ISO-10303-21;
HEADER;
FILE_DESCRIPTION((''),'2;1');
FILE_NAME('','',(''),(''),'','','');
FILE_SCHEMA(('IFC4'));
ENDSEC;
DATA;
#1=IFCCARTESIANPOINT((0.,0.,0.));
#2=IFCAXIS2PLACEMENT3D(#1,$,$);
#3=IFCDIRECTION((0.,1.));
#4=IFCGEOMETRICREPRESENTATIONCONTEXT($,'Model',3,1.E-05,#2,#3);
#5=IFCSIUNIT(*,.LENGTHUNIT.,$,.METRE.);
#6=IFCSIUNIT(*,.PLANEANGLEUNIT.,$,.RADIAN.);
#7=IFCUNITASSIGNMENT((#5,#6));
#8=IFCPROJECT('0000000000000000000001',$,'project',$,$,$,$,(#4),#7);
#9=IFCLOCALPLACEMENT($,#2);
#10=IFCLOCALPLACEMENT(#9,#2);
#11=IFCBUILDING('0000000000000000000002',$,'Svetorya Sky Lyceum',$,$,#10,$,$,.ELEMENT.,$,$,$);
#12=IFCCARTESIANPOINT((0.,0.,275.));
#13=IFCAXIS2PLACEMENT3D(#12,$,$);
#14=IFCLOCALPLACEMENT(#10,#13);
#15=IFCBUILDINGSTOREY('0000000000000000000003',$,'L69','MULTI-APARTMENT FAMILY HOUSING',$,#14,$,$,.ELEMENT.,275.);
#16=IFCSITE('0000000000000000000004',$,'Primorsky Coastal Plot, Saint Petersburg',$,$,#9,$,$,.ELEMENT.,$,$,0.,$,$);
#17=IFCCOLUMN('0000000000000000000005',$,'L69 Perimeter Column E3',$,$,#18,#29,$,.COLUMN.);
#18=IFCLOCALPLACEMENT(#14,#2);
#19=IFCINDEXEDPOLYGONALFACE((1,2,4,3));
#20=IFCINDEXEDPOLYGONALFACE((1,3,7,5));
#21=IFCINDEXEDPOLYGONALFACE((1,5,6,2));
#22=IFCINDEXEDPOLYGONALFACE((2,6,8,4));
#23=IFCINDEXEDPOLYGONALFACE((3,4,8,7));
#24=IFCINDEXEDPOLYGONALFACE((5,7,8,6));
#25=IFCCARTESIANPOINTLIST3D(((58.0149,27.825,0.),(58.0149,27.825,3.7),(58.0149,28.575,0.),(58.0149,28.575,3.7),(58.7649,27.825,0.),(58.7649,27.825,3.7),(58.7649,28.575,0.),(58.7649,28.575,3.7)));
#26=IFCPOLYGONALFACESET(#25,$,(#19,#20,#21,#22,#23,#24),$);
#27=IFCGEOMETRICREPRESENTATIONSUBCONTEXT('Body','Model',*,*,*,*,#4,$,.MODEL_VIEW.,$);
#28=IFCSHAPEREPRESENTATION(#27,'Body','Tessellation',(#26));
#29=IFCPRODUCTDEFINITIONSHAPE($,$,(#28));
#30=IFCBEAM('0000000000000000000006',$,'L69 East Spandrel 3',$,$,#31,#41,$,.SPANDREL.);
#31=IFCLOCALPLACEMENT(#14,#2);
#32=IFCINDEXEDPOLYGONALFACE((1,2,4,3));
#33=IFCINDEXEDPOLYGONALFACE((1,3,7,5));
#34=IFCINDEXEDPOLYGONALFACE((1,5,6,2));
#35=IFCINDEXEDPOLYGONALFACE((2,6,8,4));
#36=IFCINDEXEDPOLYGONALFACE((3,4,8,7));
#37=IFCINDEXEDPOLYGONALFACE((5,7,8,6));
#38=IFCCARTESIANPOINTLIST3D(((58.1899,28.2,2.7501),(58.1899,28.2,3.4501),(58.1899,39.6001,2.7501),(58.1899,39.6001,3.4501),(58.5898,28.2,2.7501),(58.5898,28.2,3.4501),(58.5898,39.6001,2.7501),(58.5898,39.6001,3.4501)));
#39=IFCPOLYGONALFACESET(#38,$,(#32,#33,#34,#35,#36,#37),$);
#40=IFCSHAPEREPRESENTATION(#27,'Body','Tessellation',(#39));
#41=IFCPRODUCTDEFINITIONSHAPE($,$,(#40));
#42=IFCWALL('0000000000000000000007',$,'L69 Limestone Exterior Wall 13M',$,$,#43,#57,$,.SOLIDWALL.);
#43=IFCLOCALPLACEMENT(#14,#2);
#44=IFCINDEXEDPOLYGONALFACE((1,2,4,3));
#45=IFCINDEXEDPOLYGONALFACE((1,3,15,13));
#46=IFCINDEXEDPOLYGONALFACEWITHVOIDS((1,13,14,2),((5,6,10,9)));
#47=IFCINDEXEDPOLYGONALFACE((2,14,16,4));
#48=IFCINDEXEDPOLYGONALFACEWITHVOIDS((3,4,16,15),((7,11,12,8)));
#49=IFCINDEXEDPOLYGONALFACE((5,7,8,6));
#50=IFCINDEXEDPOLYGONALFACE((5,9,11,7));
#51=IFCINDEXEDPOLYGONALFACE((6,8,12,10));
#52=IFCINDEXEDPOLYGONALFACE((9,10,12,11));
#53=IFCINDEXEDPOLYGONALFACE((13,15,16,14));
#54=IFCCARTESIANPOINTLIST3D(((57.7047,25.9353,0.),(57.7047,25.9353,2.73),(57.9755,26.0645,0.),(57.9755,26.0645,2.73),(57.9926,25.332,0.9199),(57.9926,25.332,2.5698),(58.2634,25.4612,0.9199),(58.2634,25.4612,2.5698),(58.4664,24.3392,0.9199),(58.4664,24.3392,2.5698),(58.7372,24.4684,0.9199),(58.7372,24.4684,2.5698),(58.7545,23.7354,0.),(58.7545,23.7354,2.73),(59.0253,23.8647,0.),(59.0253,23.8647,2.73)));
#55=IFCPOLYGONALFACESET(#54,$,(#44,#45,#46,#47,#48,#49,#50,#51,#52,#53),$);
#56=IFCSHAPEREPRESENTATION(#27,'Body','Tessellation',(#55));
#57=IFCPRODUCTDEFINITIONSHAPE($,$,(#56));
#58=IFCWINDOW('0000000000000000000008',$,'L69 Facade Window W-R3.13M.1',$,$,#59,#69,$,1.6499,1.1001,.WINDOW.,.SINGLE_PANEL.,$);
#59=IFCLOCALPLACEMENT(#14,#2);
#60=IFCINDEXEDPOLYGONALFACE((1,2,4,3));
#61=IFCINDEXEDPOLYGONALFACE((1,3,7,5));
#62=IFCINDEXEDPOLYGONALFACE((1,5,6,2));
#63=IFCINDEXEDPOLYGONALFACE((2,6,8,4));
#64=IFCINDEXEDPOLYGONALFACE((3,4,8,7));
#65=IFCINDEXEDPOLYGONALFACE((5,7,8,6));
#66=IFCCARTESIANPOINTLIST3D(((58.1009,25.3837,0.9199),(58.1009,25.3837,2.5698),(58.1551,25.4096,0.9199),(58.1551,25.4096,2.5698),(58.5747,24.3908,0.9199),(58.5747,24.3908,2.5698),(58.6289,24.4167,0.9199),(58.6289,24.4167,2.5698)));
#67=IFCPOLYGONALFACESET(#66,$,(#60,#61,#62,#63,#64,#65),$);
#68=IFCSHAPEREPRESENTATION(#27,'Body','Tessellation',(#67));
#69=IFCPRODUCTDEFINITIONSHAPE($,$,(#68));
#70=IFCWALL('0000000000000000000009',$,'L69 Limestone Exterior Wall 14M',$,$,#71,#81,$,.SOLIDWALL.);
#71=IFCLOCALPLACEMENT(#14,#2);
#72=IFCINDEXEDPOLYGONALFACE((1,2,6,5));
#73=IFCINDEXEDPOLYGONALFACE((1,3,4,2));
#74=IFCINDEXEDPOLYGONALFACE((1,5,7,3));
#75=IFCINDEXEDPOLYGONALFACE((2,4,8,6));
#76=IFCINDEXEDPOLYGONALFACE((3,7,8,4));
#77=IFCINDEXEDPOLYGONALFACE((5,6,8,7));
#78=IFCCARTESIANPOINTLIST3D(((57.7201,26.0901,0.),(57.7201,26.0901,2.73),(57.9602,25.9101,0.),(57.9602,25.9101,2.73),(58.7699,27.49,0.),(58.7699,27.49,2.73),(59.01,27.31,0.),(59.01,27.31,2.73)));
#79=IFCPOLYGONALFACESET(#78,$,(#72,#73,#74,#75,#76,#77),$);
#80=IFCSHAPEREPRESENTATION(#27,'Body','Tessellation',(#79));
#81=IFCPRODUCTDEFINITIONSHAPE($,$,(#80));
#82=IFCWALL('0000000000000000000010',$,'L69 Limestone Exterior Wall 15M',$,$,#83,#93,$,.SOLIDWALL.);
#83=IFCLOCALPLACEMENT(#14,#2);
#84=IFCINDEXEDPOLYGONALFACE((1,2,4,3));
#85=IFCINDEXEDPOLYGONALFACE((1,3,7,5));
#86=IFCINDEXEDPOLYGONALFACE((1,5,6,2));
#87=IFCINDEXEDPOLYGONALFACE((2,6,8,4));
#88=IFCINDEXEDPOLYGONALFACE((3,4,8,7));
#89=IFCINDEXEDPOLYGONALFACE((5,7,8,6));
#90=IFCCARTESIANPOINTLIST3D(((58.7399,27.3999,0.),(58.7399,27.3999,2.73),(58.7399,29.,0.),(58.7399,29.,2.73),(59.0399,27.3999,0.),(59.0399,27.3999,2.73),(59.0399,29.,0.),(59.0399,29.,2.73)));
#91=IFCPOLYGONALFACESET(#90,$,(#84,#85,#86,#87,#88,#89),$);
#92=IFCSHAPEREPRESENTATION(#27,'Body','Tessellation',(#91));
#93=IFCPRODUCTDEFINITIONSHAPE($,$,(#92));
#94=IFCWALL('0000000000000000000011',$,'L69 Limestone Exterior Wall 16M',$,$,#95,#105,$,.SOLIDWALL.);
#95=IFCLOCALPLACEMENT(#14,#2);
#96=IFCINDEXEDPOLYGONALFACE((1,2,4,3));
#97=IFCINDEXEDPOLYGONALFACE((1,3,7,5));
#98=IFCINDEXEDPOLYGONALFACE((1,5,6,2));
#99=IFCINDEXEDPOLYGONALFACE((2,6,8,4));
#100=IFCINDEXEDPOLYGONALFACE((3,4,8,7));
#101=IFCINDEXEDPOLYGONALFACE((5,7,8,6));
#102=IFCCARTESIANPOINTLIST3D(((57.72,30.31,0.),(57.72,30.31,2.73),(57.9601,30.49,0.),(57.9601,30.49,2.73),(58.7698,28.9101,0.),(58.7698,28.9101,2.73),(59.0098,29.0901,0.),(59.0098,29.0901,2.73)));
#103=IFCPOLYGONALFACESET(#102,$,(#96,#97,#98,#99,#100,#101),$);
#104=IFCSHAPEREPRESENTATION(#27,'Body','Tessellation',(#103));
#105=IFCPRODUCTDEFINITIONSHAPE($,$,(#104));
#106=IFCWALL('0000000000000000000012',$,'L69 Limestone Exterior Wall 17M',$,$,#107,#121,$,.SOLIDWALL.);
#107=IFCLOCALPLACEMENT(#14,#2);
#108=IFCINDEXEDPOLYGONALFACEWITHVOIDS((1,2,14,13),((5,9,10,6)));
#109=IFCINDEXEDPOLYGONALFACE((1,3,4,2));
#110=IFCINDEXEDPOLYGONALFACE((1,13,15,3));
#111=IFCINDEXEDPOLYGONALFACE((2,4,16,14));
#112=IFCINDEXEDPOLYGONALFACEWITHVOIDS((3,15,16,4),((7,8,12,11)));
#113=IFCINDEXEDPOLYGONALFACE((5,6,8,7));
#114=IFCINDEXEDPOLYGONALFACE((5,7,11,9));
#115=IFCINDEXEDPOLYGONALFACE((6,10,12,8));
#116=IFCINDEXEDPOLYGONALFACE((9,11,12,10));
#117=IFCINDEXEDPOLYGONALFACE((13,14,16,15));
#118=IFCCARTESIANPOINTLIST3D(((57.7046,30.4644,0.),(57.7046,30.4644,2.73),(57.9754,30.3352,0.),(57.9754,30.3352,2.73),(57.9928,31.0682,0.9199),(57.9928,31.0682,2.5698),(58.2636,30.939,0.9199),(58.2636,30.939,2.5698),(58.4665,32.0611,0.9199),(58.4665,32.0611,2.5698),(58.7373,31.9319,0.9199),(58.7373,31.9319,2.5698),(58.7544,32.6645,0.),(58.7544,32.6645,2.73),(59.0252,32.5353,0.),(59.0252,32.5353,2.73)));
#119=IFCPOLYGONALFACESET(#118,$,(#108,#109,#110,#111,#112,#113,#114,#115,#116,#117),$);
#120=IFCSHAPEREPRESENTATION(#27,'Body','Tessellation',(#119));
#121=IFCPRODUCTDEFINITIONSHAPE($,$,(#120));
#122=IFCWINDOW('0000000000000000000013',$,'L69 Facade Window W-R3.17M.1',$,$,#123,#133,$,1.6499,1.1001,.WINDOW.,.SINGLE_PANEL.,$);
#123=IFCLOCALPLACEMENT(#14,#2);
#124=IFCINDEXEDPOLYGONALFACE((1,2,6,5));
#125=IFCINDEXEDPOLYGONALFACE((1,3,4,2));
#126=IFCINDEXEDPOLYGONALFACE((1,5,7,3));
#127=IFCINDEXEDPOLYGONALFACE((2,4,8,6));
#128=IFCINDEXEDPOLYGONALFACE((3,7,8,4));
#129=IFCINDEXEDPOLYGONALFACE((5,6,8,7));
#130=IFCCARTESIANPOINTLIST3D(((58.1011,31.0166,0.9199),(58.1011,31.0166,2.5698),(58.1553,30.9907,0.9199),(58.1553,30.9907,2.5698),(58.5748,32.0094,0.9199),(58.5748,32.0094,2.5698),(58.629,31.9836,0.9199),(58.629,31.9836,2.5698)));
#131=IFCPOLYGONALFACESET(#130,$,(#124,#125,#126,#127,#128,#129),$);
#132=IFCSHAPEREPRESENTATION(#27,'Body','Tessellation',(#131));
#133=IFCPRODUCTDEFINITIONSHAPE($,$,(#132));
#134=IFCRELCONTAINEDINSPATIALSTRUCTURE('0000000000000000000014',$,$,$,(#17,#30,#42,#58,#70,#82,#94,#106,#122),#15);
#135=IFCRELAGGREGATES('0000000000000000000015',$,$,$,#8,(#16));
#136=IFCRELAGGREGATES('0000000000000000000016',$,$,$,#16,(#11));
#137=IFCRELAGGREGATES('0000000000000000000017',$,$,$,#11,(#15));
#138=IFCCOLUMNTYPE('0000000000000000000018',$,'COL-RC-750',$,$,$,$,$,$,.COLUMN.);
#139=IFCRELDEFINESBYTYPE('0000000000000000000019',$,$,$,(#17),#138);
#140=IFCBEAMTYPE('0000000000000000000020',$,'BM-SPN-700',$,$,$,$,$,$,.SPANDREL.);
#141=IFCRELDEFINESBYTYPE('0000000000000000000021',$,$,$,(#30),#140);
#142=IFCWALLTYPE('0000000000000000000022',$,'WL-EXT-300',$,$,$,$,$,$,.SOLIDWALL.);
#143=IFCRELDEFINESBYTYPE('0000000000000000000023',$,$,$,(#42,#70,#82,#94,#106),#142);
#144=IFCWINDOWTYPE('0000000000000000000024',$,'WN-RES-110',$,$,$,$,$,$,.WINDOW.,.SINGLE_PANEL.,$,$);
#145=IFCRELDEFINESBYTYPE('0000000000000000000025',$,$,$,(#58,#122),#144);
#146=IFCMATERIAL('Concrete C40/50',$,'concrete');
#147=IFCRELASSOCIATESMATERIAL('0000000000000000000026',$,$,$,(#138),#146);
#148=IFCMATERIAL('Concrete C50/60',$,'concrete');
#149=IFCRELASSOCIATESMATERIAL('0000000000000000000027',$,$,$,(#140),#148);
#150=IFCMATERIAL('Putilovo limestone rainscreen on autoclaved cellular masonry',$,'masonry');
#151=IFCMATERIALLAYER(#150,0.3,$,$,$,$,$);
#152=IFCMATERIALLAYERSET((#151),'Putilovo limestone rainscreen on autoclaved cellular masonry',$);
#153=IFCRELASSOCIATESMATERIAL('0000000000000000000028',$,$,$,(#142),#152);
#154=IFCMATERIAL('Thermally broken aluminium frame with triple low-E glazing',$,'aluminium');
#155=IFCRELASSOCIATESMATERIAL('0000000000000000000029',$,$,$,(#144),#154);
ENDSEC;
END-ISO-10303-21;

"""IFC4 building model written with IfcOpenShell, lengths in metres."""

from ifc_helpers import new_model, si_unit, direction, frame, frame_2d, origin, origin_2d, place, context, subcontext, project, spatial, rectangle, extrude, material, layer, layer_set, material_profile, profile_set, type_object, element, fill, save


model = new_model("IFC4")

# Units and contexts
model_context = context("Model", 3, precision=1e-05, world=origin(), true_north=direction((0.0, 1.0)))
body_context = subcontext(model_context, "Body", "Model", "MODEL_VIEW")
ifc_project = project(units=[si_unit("LENGTHUNIT", "METRE"), si_unit("PLANEANGLEUNIT", "RADIAN")], contexts=[model_context])

# Site, building, storey
site_placement = place(None, origin())
site = spatial("IfcSite", under=ifc_project, at=site_placement, Name="Primorsky Coastal Plot, Saint Petersburg", CompositionType="ELEMENT", RefElevation=0.0)
building_placement = place(site_placement, origin())
building = spatial("IfcBuilding", under=site, at=building_placement, Name="Svetorya Sky Lyceum", CompositionType="ELEMENT")
storey_placement = place(building_placement, frame((0.0, 0.0, 275.0)))
storey = spatial("IfcBuildingStorey", under=building, at=storey_placement, Name="L69", Description="MULTI-APARTMENT FAMILY HOUSING", CompositionType="ELEMENT", Elevation=275.0)

# Column
ifc_material_1 = material(Name="Concrete C40/50", Category="concrete")
ifc_material_profile_1 = material_profile(ifc_material_1, rectangle(XDim=0.75, YDim=0.75, at=origin_2d()), Name="RC COL 750x750")
ifc_profile_set_1 = profile_set([ifc_material_profile_1], Name="Concrete C40/50")
column_type = type_object("IfcColumnType", Name="COL-RC-750", PredefinedType="COLUMN", material=ifc_profile_set_1)
column_placement = place(storey_placement, frame((58.3899, 28.2, 0.0), z_axis=(0.0, 0.0, 1.0), x_axis=(1.0, 0.0, 0.0)))
element("IfcColumn", 1, at=column_placement, inside=storey, type_object=column_type, Name="L69 Perimeter Column E3", PredefinedType="COLUMN", context=body_context, shape_type="SweptSolid", body=[
    extrude(rectangle(XDim=0.75, YDim=0.75, at=origin_2d()), origin(), (0.0, 0.0, 1.0), 3.7),
])

# Beam
ifc_material_2 = material(Name="Concrete C50/60", Category="concrete")
ifc_material_profile_2 = material_profile(ifc_material_2, rectangle(XDim=0.3999, YDim=0.7, at=origin_2d()), Name="RC SPANDREL 400x700")
ifc_profile_set_2 = profile_set([ifc_material_profile_2], Name="Concrete C50/60")
beam_type = type_object("IfcBeamType", Name="BM-SPN-700", PredefinedType="SPANDREL", material=ifc_profile_set_2)
beam_placement = place(storey_placement, frame((58.3899, 28.2, 3.1001), z_axis=(0.0, 1.0, 0.0), x_axis=(-1.0, 0.0, 0.0)))
element("IfcBeam", 2, at=beam_placement, inside=storey, type_object=beam_type, Name="L69 East Spandrel 3", PredefinedType="SPANDREL", context=body_context, shape_type="SweptSolid", body=[
    extrude(rectangle(XDim=0.3999, YDim=0.7, at=origin_2d()), origin(), (0.0, 0.0, 1.0), 11.4001),
])

# Wall, opening, window
ifc_material_3 = material(Name="Putilovo limestone rainscreen on autoclaved cellular masonry", Category="masonry")
ifc_layer_1 = layer(ifc_material_3, 0.3)
ifc_layer_set_1 = layer_set([ifc_layer_1], Name="Putilovo limestone rainscreen on autoclaved cellular masonry")
wall_type_1 = type_object("IfcWallType", Name="WL-EXT-300", PredefinedType="SOLIDWALL", material=ifc_layer_set_1)
wall_1_placement = place(storey_placement, frame((58.8899, 23.8, 0.0), z_axis=(0.0, 0.0, 1.0), x_axis=(-0.430672, 0.902508, 0.0)))
wall_1 = element("IfcWall", 3, at=wall_1_placement, inside=storey, type_object=wall_type_1, Name="L69 Limestone Exterior Wall 13M", PredefinedType="SOLIDWALL", context=body_context, shape_type="SweptSolid", body=[
    extrude(rectangle(XDim=2.4375, YDim=0.3, at=frame_2d((1.2188, 0.0))), origin(), (0.0, 0.0, 1.0), 2.73),
])
opening_1_placement = place(wall_1_placement, frame((0.6689, 0.0, 0.9199)))
opening_1 = element("IfcOpeningElement", 4, at=opening_1_placement, cuts=wall_1, PredefinedType="OPENING", context=body_context, shape_type="SweptSolid", body=[
    extrude(rectangle(XDim=1.1001, YDim=1.6499, at=frame_2d((0.55, 0.825))), frame((0.0, 0.1599, 0.0), z_axis=(0.0, -1.0, 0.0), x_axis=(1.0, 0.0, 0.0)), (0.0, 0.0, 1.0), 0.3201),
])
ifc_material_4 = material(Name="Thermally broken aluminium frame with triple low-E glazing", Category="aluminium")
window_type_1 = type_object("IfcWindowType", Name="WN-RES-110", PartitioningType="SINGLE_PANEL", PredefinedType="WINDOW", material=ifc_material_4)
window_1_placement = place(opening_1_placement, origin())
window_1 = element("IfcWindow", 5, at=window_1_placement, inside=storey, type_object=window_type_1, Name="L69 Facade Window W-R3.13M.1", OverallHeight=1.6499, OverallWidth=1.1001, PartitioningType="SINGLE_PANEL", PredefinedType="WINDOW", context=body_context, shape_type="SweptSolid", body=[
    extrude(rectangle(XDim=1.1001, YDim=1.6499, at=frame_2d((0.55, 0.825))), frame((0.0, 0.03, 0.0), z_axis=(0.0, -1.0, 0.0), x_axis=(1.0, 0.0, 0.0)), (0.0, 0.0, 1.0), 0.0601),
])
fill(opening_1, window_1)

# Walls
wall_2_placement = place(storey_placement, frame((57.8401, 26.0, 0.0), z_axis=(0.0, 0.0, 1.0), x_axis=(0.599955, 0.800033, 0.0)))
element("IfcWall", 6, at=wall_2_placement, inside=storey, type_object=wall_type_1, Name="L69 Limestone Exterior Wall 14M", PredefinedType="SOLIDWALL", context=body_context, shape_type="SweptSolid", body=[
    extrude(rectangle(XDim=1.7498, YDim=0.3, at=frame_2d((0.875, 0.0))), origin(), (0.0, 0.0, 1.0), 2.73),
])
wall_3_placement = place(storey_placement, frame((58.8899, 27.3999, 0.0), z_axis=(0.0, 0.0, 1.0), x_axis=(0.0, 1.0, 0.0)))
element("IfcWall", 7, at=wall_3_placement, inside=storey, type_object=wall_type_1, Name="L69 Limestone Exterior Wall 15M", PredefinedType="SOLIDWALL", context=body_context, shape_type="SweptSolid", body=[
    extrude(rectangle(XDim=1.6001, YDim=0.3, at=frame_2d((0.8, 0.0))), origin(), (0.0, 0.0, 1.0), 2.73),
])
wall_4_placement = place(storey_placement, frame((58.8899, 29.0, 0.0), z_axis=(0.0, 0.0, 1.0), x_axis=(-0.599955, 0.800033, 0.0)))
element("IfcWall", 8, at=wall_4_placement, inside=storey, type_object=wall_type_1, Name="L69 Limestone Exterior Wall 16M", PredefinedType="SOLIDWALL", context=body_context, shape_type="SweptSolid", body=[
    extrude(rectangle(XDim=1.7498, YDim=0.3, at=frame_2d((0.875, 0.0))), origin(), (0.0, 0.0, 1.0), 2.73),
])

# Wall, opening, window
wall_5_placement = place(storey_placement, frame((57.8401, 30.3999, 0.0), z_axis=(0.0, 0.0, 1.0), x_axis=(0.430633, 0.902527, 0.0)))
wall_5 = element("IfcWall", 9, at=wall_5_placement, inside=storey, type_object=wall_type_1, Name="L69 Limestone Exterior Wall 17M", PredefinedType="SOLIDWALL", context=body_context, shape_type="SweptSolid", body=[
    extrude(rectangle(XDim=2.4377, YDim=0.3, at=frame_2d((1.2188, 0.0))), origin(), (0.0, 0.0, 1.0), 2.73),
])
opening_2_placement = place(wall_5_placement, frame((0.6689, 0.0, 0.9199)))
opening_2 = element("IfcOpeningElement", 10, at=opening_2_placement, cuts=wall_5, PredefinedType="OPENING", context=body_context, shape_type="SweptSolid", body=[
    extrude(rectangle(XDim=1.1001, YDim=1.6499, at=frame_2d((0.55, 0.825))), frame((0.0, 0.1599, 0.0), z_axis=(0.0, -1.0, 0.0), x_axis=(1.0, 0.0, 0.0)), (0.0, 0.0, 1.0), 0.3201),
])
window_2_placement = place(opening_2_placement, origin())
window_2 = element("IfcWindow", 11, at=window_2_placement, inside=storey, type_object=window_type_1, Name="L69 Facade Window W-R3.17M.1", OverallHeight=1.6499, OverallWidth=1.1001, PartitioningType="SINGLE_PANEL", PredefinedType="WINDOW", context=body_context, shape_type="SweptSolid", body=[
    extrude(rectangle(XDim=1.1001, YDim=1.6499, at=frame_2d((0.55, 0.825))), frame((0.0, 0.03, 0.0), z_axis=(0.0, -1.0, 0.0), x_axis=(1.0, 0.0, 0.0)), (0.0, 0.0, 1.0), 0.0601),
])
fill(opening_2, window_2)

save(model, "model.ifc")
